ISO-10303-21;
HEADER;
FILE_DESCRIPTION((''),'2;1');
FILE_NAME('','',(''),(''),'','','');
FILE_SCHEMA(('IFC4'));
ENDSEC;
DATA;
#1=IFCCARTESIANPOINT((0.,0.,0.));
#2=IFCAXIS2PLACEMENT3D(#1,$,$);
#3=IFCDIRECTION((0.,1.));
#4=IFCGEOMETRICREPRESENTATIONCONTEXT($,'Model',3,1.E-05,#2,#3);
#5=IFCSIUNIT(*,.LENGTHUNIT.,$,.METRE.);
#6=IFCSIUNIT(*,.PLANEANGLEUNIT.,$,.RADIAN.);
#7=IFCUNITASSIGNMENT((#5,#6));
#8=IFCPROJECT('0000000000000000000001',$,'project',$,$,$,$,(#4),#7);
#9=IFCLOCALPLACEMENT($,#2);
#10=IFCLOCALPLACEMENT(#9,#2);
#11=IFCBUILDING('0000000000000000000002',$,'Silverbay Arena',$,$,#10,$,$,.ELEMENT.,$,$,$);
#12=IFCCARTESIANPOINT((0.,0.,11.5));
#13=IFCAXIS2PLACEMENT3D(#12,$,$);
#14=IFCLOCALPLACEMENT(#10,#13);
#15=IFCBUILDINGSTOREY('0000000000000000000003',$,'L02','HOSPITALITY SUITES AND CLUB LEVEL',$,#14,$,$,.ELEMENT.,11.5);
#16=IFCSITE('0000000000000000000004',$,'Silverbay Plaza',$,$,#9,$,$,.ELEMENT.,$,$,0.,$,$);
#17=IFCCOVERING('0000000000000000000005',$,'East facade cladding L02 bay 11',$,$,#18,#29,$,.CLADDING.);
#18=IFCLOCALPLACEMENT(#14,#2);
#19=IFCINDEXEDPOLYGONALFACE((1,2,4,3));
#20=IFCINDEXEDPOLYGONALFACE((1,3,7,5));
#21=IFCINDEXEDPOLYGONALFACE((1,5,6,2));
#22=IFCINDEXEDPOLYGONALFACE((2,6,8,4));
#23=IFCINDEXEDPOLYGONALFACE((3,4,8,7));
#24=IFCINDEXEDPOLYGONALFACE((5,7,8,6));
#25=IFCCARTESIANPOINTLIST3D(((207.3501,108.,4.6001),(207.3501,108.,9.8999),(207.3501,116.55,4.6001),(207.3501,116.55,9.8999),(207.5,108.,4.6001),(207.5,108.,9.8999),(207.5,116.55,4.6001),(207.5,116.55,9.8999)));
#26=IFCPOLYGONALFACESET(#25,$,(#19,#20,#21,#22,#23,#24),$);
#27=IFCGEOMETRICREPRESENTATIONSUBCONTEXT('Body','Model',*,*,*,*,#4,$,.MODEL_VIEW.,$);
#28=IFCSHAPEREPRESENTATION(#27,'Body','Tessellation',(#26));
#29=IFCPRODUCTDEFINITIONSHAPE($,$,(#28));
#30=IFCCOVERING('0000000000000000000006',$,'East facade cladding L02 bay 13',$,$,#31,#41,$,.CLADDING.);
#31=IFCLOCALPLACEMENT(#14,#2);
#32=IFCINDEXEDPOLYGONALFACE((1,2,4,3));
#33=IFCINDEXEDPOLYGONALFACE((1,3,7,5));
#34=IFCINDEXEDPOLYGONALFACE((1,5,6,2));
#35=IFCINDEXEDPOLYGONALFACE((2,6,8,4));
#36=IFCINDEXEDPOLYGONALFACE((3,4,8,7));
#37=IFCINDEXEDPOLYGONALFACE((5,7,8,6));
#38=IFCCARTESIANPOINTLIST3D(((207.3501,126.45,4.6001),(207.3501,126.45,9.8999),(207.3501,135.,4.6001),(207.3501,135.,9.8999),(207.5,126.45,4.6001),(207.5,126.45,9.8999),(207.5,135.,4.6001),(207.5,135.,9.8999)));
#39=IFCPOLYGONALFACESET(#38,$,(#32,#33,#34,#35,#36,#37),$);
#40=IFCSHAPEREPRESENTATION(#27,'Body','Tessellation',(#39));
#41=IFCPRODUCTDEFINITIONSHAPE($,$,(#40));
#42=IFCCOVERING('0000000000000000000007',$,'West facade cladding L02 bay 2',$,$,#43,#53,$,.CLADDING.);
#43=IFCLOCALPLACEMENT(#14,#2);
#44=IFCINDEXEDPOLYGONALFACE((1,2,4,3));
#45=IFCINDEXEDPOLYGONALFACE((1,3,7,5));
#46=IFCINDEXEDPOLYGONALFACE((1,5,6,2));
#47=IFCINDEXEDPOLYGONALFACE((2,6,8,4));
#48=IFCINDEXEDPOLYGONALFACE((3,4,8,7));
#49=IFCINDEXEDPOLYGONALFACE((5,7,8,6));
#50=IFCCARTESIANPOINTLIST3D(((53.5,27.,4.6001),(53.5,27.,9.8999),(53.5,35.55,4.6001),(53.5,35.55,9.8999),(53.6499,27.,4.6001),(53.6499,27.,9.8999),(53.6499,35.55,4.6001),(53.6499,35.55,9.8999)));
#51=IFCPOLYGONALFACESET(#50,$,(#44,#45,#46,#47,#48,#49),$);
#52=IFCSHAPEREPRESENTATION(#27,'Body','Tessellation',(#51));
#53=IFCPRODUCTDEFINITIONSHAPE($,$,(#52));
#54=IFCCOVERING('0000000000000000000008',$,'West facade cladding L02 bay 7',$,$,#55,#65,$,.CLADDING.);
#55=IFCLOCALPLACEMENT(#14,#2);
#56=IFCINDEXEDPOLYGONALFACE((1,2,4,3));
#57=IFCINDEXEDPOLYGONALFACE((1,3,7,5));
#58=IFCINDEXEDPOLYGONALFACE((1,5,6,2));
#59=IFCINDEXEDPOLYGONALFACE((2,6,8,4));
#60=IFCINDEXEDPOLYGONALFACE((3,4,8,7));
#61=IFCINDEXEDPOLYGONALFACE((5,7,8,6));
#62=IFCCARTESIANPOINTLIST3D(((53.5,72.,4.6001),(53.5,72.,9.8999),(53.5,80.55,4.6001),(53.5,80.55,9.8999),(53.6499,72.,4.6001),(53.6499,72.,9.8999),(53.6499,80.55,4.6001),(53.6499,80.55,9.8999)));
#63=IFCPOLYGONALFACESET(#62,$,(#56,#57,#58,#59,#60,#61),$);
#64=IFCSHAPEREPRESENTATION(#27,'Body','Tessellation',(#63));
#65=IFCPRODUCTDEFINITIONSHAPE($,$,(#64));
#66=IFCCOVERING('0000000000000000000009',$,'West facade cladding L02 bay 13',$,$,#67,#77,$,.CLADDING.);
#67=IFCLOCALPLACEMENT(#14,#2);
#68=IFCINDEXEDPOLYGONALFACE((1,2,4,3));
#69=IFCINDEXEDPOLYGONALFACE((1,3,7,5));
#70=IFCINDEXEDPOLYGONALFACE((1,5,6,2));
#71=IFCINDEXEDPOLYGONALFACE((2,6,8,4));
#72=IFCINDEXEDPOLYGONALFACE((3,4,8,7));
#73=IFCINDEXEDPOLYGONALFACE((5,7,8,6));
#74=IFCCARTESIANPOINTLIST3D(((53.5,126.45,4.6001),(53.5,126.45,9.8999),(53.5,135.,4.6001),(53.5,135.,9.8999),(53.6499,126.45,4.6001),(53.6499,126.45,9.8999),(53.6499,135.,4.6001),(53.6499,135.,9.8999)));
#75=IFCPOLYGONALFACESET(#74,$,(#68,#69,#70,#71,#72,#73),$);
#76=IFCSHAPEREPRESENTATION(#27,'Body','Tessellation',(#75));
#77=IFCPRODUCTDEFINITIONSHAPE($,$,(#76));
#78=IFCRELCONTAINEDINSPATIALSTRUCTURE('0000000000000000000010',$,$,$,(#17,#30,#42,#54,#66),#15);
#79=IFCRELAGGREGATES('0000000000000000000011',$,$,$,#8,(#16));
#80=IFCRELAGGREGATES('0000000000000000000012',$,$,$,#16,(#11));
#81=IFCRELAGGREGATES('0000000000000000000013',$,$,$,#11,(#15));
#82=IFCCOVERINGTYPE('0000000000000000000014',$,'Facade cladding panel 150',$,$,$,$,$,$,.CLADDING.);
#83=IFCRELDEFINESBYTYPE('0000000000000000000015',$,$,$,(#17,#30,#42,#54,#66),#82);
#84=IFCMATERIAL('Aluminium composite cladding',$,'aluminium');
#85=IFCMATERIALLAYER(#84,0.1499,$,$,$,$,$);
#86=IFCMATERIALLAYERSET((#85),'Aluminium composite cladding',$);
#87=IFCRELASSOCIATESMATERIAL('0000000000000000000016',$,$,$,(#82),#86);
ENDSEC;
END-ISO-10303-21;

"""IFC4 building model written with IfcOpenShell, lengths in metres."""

from ifc_helpers import new_model, si_unit, direction, frame, origin, place, context, subcontext, project, spatial, polyline, outline, extrude, material, layer, layer_set, type_object, element, save


model = new_model("IFC4")

# Units and contexts
model_context = context("Model", 3, precision=1e-05, world=origin(), true_north=direction((0.0, 1.0)))
body_context = subcontext(model_context, "Body", "Model", "MODEL_VIEW")
ifc_project = project(units=[si_unit("LENGTHUNIT", "METRE"), si_unit("PLANEANGLEUNIT", "RADIAN")], contexts=[model_context])

# Site, building, storey
site_placement = place(None, origin())
site = spatial("IfcSite", under=ifc_project, at=site_placement, Name="Silverbay Plaza", CompositionType="ELEMENT", RefElevation=0.0)
building_placement = place(site_placement, origin())
building = spatial("IfcBuilding", under=site, at=building_placement, Name="Silverbay Arena", CompositionType="ELEMENT")
storey_placement = place(building_placement, frame((0.0, 0.0, 11.5)))
storey = spatial("IfcBuildingStorey", under=building, at=storey_placement, Name="L02", Description="HOSPITALITY SUITES AND CLUB LEVEL", CompositionType="ELEMENT", Elevation=11.5)

# Coverings
ifc_material_1 = material(Name="Aluminium composite cladding", Category="aluminium")
ifc_layer_1 = layer(ifc_material_1, 0.1499)
ifc_layer_set_1 = layer_set([ifc_layer_1], Name="Aluminium composite cladding")
covering_type = type_object("IfcCoveringType", Name="Facade cladding panel 150", PredefinedType="CLADDING", material=ifc_layer_set_1)
covering_1_placement = place(storey_placement, frame((0.0, 0.0, 4.6001)))
element("IfcCovering", 1, at=covering_1_placement, inside=storey, type_object=covering_type, Name="East facade cladding L02 bay 11", PredefinedType="CLADDING", context=body_context, shape_type="SweptSolid", body=[
    extrude(outline(polyline([(207.3501, 108.0), (207.5, 108.0), (207.5, 116.55), (207.3501, 116.55), (207.3501, 108.0)])), origin(), (0.0, 0.0, 1.0), 5.2998),
])
covering_2_placement = place(storey_placement, frame((0.0, 0.0, 4.6001)))
element("IfcCovering", 2, at=covering_2_placement, inside=storey, type_object=covering_type, Name="East facade cladding L02 bay 13", PredefinedType="CLADDING", context=body_context, shape_type="SweptSolid", body=[
    extrude(outline(polyline([(207.3501, 126.45), (207.5, 126.45), (207.5, 135.0), (207.3501, 135.0), (207.3501, 126.45)])), origin(), (0.0, 0.0, 1.0), 5.2998),
])
covering_3_placement = place(storey_placement, frame((0.0, 0.0, 4.6001)))
element("IfcCovering", 3, at=covering_3_placement, inside=storey, type_object=covering_type, Name="West facade cladding L02 bay 2", PredefinedType="CLADDING", context=body_context, shape_type="SweptSolid", body=[
    extrude(outline(polyline([(53.5, 27.0), (53.6499, 27.0), (53.6499, 35.55), (53.5, 35.55), (53.5, 27.0)])), origin(), (0.0, 0.0, 1.0), 5.2998),
])
covering_4_placement = place(storey_placement, frame((0.0, 0.0, 4.6001)))
element("IfcCovering", 4, at=covering_4_placement, inside=storey, type_object=covering_type, Name="West facade cladding L02 bay 7", PredefinedType="CLADDING", context=body_context, shape_type="SweptSolid", body=[
    extrude(outline(polyline([(53.5, 72.0), (53.6499, 72.0), (53.6499, 80.55), (53.5, 80.55), (53.5, 72.0)])), origin(), (0.0, 0.0, 1.0), 5.2998),
])
covering_5_placement = place(storey_placement, frame((0.0, 0.0, 4.6001)))
element("IfcCovering", 5, at=covering_5_placement, inside=storey, type_object=covering_type, Name="West facade cladding L02 bay 13", PredefinedType="CLADDING", context=body_context, shape_type="SweptSolid", body=[
    extrude(outline(polyline([(53.5, 126.45), (53.6499, 126.45), (53.6499, 135.0), (53.5, 135.0), (53.5, 126.45)])), origin(), (0.0, 0.0, 1.0), 5.2998),
])

save(model, "model.ifc")
